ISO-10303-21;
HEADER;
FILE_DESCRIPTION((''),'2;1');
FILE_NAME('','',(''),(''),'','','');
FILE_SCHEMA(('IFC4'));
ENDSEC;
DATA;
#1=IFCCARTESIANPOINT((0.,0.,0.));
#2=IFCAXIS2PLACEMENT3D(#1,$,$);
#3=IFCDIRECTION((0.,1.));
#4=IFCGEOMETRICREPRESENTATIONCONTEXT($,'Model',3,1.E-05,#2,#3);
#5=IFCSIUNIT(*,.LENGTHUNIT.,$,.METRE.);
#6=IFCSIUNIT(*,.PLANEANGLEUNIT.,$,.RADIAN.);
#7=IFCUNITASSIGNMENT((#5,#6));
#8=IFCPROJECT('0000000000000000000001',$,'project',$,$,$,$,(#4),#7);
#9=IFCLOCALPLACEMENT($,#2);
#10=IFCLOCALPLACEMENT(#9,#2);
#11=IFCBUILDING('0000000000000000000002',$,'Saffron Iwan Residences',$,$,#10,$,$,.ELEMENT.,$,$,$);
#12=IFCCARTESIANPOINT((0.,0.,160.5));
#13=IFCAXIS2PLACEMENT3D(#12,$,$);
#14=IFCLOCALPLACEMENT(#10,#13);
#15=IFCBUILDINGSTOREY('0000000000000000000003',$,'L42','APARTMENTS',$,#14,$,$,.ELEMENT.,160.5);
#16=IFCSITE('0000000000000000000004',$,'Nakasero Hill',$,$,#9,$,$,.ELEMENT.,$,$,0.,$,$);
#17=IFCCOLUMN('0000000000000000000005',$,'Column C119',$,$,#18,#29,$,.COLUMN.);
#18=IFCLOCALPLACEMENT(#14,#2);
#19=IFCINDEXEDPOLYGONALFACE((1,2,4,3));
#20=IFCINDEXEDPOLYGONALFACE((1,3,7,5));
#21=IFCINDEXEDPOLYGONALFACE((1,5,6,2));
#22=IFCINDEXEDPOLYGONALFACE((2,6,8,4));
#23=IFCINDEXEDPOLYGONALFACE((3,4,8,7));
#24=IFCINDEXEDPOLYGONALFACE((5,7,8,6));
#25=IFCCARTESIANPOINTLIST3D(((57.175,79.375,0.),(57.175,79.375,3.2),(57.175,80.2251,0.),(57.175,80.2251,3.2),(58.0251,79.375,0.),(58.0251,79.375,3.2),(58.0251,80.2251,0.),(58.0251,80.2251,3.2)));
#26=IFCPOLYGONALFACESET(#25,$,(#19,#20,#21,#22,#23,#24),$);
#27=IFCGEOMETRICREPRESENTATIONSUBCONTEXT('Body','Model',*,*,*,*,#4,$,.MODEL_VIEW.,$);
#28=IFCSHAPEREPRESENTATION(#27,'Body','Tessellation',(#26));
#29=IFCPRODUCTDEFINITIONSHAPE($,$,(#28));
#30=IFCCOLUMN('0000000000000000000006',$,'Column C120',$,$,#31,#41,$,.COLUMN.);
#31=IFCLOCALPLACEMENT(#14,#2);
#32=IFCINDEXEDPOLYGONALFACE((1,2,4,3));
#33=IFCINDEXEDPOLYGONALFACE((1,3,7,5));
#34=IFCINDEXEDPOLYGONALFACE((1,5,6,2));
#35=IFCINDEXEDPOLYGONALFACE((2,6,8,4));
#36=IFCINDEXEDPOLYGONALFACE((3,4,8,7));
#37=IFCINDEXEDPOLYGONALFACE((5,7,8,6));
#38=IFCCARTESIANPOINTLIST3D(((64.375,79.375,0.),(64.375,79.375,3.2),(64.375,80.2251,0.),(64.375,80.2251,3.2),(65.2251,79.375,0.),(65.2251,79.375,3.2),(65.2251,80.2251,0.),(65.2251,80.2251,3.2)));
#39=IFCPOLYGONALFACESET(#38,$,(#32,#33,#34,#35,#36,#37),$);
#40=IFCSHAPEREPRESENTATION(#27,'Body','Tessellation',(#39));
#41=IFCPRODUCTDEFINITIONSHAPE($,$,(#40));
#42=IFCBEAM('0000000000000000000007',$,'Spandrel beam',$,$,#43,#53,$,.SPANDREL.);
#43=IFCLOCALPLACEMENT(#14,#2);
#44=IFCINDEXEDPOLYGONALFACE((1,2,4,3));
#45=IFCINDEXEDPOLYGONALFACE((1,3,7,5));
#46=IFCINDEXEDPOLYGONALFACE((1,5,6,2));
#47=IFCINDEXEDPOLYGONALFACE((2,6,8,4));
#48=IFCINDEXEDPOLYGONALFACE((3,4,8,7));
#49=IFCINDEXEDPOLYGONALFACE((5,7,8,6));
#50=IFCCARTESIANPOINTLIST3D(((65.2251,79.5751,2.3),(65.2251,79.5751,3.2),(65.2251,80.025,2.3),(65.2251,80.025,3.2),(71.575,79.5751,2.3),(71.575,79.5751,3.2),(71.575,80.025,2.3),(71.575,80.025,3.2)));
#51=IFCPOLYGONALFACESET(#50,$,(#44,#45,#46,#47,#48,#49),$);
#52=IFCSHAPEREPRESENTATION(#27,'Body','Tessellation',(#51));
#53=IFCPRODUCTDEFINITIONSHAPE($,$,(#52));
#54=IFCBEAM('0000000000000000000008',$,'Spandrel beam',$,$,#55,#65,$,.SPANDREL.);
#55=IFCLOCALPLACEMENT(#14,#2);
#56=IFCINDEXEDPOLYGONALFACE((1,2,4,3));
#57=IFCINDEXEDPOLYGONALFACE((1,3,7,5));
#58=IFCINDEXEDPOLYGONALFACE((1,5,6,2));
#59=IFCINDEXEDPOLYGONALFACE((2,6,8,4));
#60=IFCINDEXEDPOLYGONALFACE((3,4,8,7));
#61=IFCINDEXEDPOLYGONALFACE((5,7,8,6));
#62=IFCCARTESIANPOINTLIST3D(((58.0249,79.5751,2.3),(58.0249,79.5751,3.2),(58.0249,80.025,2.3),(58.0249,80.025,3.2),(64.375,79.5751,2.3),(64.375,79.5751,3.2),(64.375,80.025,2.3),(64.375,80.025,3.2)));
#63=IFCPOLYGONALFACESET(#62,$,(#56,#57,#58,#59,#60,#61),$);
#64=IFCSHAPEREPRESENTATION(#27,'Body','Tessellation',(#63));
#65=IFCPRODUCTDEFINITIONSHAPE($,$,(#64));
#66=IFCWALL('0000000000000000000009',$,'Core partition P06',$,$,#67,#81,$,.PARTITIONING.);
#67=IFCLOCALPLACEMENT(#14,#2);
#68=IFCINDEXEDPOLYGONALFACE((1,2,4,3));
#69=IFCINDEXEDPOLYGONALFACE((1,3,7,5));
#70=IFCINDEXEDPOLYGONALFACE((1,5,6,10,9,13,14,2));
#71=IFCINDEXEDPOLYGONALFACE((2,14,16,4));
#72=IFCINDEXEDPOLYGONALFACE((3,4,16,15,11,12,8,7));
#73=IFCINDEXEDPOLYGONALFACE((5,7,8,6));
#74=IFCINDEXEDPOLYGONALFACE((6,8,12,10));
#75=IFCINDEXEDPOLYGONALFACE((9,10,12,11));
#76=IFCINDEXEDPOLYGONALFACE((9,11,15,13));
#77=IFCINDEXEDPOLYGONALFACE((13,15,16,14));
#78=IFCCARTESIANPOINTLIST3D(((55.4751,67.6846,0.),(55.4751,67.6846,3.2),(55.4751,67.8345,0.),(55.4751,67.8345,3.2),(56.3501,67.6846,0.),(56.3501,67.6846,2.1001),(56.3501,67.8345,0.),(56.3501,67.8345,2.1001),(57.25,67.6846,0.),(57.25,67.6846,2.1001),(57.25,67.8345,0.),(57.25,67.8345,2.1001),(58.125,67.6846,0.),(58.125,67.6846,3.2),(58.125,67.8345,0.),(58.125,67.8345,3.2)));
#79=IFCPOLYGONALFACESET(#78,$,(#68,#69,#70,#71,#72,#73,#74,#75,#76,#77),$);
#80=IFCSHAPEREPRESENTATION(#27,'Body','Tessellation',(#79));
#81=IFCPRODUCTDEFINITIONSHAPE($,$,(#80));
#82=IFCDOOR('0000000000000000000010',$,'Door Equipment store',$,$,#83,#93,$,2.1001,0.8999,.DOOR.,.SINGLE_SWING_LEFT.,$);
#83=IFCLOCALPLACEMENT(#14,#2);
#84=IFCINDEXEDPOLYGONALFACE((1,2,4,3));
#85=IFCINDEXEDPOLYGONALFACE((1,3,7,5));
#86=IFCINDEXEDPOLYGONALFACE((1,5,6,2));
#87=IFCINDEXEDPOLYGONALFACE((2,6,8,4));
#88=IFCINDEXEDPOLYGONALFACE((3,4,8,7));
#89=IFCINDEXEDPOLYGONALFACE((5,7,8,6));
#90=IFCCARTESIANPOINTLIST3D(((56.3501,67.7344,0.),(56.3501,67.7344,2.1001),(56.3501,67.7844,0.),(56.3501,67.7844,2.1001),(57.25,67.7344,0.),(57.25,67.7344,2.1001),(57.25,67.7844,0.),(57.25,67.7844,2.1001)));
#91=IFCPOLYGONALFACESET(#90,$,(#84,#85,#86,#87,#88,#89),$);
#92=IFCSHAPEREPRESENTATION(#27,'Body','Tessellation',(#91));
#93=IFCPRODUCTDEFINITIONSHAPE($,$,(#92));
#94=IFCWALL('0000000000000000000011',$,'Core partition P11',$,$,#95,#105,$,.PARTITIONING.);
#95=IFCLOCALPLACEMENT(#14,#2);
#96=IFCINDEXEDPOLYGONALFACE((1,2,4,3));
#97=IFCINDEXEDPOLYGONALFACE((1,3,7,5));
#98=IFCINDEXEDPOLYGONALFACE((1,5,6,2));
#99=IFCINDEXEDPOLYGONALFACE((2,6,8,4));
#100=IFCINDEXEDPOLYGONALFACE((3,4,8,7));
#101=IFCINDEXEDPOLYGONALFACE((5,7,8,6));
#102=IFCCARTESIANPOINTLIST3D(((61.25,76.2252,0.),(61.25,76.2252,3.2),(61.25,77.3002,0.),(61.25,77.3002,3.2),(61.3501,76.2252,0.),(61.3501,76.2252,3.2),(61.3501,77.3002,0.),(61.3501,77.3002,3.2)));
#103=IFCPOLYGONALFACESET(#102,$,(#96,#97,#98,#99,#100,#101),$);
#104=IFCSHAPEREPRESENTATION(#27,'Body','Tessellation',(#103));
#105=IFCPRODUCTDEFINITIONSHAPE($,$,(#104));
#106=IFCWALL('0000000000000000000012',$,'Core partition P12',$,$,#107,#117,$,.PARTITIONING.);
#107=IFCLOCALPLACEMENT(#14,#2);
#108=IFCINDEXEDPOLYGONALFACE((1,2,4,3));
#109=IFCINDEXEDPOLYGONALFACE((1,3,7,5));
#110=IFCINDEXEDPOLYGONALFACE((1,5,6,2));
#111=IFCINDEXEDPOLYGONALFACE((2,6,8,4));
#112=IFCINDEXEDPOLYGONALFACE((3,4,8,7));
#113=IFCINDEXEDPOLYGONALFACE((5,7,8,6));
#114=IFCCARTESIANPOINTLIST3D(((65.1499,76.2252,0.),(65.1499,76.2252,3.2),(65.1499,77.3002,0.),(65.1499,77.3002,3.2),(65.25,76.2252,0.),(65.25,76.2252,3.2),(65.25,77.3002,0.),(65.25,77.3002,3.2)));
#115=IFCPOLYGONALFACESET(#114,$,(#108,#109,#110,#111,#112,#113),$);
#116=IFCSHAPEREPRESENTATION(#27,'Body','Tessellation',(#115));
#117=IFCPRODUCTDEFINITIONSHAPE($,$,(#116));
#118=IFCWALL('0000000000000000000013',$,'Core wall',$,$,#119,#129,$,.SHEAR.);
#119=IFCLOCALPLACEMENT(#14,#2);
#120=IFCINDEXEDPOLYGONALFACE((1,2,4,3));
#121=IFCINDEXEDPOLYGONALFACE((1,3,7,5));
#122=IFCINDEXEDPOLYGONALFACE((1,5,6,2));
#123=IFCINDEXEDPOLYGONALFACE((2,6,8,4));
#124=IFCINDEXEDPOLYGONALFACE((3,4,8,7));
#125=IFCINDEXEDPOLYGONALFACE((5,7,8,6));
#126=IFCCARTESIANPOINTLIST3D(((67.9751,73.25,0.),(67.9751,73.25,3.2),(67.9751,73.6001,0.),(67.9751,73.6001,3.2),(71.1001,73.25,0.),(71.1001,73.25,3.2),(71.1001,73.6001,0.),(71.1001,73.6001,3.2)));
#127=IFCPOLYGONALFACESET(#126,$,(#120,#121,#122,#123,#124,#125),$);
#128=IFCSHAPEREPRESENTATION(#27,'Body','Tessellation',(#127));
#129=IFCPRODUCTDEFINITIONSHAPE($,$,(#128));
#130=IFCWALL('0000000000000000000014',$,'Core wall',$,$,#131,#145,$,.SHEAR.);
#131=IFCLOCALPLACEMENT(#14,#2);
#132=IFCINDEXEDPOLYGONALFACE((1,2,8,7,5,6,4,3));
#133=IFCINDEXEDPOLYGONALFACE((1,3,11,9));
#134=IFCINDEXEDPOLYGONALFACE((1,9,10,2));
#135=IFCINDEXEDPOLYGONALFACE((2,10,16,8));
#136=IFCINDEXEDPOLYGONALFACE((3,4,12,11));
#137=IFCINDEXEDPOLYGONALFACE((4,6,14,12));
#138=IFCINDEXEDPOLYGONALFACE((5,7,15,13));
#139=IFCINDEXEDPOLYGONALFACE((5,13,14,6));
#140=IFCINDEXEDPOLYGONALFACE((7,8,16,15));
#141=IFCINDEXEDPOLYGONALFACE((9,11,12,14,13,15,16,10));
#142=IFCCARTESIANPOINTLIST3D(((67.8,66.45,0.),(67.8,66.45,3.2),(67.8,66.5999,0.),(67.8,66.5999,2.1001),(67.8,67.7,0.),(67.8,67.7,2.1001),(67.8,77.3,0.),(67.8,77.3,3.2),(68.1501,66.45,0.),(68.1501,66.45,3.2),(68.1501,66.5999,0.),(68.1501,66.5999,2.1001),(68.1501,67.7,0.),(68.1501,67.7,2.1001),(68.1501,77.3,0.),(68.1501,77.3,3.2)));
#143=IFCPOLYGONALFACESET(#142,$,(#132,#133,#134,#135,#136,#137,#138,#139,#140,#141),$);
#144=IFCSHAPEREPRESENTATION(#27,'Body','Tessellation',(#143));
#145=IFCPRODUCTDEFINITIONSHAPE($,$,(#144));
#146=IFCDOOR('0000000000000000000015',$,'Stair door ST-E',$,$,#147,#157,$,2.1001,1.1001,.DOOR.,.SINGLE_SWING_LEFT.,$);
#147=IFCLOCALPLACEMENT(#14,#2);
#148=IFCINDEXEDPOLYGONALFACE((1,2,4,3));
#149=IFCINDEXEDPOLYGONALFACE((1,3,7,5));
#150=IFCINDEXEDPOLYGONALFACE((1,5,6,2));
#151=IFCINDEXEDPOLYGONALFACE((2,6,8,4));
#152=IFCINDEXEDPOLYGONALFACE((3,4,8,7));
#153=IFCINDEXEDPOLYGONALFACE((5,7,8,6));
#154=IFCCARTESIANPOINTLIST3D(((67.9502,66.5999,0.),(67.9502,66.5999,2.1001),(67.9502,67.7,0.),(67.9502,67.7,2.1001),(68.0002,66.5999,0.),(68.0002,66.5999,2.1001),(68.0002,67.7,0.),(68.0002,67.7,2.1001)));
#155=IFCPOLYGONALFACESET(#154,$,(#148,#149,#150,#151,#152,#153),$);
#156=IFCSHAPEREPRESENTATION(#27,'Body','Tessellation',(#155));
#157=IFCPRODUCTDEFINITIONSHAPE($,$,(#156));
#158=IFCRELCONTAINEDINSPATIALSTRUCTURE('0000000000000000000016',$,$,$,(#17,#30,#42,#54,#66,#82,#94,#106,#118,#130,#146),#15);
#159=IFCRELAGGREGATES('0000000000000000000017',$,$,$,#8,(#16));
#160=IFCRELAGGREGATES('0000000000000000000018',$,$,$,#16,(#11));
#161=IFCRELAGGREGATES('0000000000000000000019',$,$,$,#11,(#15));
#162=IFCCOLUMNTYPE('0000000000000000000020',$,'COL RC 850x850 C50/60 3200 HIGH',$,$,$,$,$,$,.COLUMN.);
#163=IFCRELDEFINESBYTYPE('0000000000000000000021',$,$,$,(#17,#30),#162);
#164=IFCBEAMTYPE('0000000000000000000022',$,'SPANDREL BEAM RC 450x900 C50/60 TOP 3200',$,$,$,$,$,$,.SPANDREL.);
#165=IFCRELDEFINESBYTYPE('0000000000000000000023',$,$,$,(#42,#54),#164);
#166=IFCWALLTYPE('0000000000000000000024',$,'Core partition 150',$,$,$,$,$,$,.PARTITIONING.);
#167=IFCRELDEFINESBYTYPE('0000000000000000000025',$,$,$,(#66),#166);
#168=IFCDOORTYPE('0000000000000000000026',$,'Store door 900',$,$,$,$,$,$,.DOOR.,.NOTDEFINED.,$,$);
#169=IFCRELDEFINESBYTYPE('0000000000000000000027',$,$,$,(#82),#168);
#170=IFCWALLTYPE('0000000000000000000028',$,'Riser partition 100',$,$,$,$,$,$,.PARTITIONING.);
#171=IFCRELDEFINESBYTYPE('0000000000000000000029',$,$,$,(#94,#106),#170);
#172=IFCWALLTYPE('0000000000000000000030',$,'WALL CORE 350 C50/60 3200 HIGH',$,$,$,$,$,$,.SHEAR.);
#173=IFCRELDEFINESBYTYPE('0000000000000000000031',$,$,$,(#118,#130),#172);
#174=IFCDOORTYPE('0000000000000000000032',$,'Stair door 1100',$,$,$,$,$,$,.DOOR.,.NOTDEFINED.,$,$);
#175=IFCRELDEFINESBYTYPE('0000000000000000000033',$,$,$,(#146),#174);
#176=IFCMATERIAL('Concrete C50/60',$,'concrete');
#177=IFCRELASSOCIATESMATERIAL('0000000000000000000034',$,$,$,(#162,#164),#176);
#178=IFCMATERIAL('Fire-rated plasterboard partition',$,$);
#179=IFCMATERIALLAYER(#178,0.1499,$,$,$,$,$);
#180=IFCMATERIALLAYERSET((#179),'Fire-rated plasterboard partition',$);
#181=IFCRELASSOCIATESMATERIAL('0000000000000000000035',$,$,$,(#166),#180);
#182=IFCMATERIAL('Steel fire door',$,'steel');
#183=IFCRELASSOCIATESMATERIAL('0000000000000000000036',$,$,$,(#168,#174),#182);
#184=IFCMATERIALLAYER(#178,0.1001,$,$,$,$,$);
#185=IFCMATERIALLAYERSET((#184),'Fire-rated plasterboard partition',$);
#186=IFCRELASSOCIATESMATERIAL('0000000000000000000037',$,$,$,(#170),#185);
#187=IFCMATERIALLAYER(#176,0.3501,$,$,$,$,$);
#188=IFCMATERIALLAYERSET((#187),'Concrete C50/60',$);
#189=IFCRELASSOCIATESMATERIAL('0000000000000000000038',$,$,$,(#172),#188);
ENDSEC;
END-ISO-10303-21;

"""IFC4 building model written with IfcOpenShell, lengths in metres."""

from ifc_helpers import new_model, si_unit, direction, frame, frame_2d, origin, origin_2d, place, context, subcontext, project, spatial, rectangle, extrude, source, transform, mapped, material, layer, layer_set, material_profile, profile_set, type_object, element, fill, save


model = new_model("IFC4")

# Units and contexts
model_context = context("Model", 3, precision=1e-05, world=origin(), true_north=direction((0.0, 1.0)))
body_context = subcontext(model_context, "Body", "Model", "MODEL_VIEW")
ifc_project = project(units=[si_unit("LENGTHUNIT", "METRE"), si_unit("PLANEANGLEUNIT", "RADIAN")], contexts=[model_context])

# Site, building, storey
site_placement = place(None, origin())
site = spatial("IfcSite", under=ifc_project, at=site_placement, Name="Nakasero Hill", CompositionType="ELEMENT", RefElevation=0.0)
building_placement = place(site_placement, origin())
building = spatial("IfcBuilding", under=site, at=building_placement, Name="Saffron Iwan Residences", CompositionType="ELEMENT")
storey_placement = place(building_placement, frame((0.0, 0.0, 160.5)))
storey = spatial("IfcBuildingStorey", under=building, at=storey_placement, Name="L42", Description="APARTMENTS", CompositionType="ELEMENT", Elevation=160.5)

# Columns
ifc_material_1 = material(Name="Concrete C50/60", Category="concrete")
ifc_material_profile_1 = material_profile(ifc_material_1, rectangle(XDim=0.8501, YDim=0.8501, at=origin_2d()), Name="RC 850x850")
ifc_profile_set_1 = profile_set([ifc_material_profile_1], Name="Concrete C50/60")
column_type = type_object("IfcColumnType", Name="COL RC 850x850 C50/60 3200 HIGH", PredefinedType="COLUMN", material=ifc_profile_set_1)
shared_shape_1 = source(origin(), body_context, "Body", "SweptSolid", [
    extrude(rectangle(XDim=0.8501, YDim=0.8501, at=origin_2d()), origin(), (0.0, 0.0, 1.0), 3.2),
])
for number, where, z_axis, x_axis, name in (
    (1, (57.6001, 79.8, 0.0), (0.0, 0.0, 1.0), (1.0, 0.0, 0.0), "Column C119"),
    (2, (64.8, 79.8, 0.0), (0.0, 0.0, 1.0), (1.0, 0.0, 0.0), "Column C120"),
):
    element("IfcColumn", number, at=place(storey_placement, frame(where, z_axis=z_axis, x_axis=x_axis)), inside=storey, type_object=column_type, Name=name, PredefinedType="COLUMN", context=body_context, shape_type="MappedRepresentation", body=[
        mapped(shared_shape_1, transform((0.0, 0.0, 0.0))),
    ])

# Beams
ifc_material_profile_2 = material_profile(ifc_material_1, rectangle(XDim=0.45, YDim=0.8999, at=origin_2d()), Name="RC 450x900")
ifc_profile_set_2 = profile_set([ifc_material_profile_2], Name="Concrete C50/60")
beam_type = type_object("IfcBeamType", Name="SPANDREL BEAM RC 450x900 C50/60 TOP 3200", PredefinedType="SPANDREL", material=ifc_profile_set_2)
shared_shape_2 = source(origin(), body_context, "Body", "SweptSolid", [
    extrude(rectangle(XDim=0.45, YDim=0.8999, at=origin_2d()), origin(), (0.0, 0.0, 1.0), 6.3499),
])
beam_1_placement = place(storey_placement, frame((65.2251, 79.8, 2.75), z_axis=(1.0, 0.0, 0.0), x_axis=(0.0, 1.0, 0.0)))
element("IfcBeam", 3, at=beam_1_placement, inside=storey, type_object=beam_type, Name="Spandrel beam", PredefinedType="SPANDREL", context=body_context, shape_type="MappedRepresentation", body=[
    mapped(shared_shape_2, transform((0.0, 0.0, 0.0))),
])
shared_shape_3 = source(origin(), body_context, "Body", "SweptSolid", [
    extrude(rectangle(XDim=0.45, YDim=0.8999, at=origin_2d()), origin(), (0.0, 0.0, 1.0), 6.3501),
])
beam_2_placement = place(storey_placement, frame((58.0249, 79.8, 2.75), z_axis=(1.0, 0.0, 0.0), x_axis=(0.0, 1.0, 0.0)))
element("IfcBeam", 4, at=beam_2_placement, inside=storey, type_object=beam_type, Name="Spandrel beam", PredefinedType="SPANDREL", context=body_context, shape_type="MappedRepresentation", body=[
    mapped(shared_shape_3, transform((0.0, 0.0, 0.0))),
])

# Wall, opening, door
ifc_material_2 = material(Name="Fire-rated plasterboard partition")
ifc_layer_1 = layer(ifc_material_2, 0.1499)
ifc_layer_set_1 = layer_set([ifc_layer_1], Name="Fire-rated plasterboard partition")
wall_type_1 = type_object("IfcWallType", Name="Core partition 150", PredefinedType="PARTITIONING", material=ifc_layer_set_1)
wall_1_placement = place(storey_placement, frame((55.4751, 67.7595, 0.0), z_axis=(0.0, 0.0, 1.0), x_axis=(1.0, 0.0, 0.0)))
wall_1 = element("IfcWall", 5, at=wall_1_placement, inside=storey, type_object=wall_type_1, Name="Core partition P06", PredefinedType="PARTITIONING", context=body_context, shape_type="SweptSolid", body=[
    extrude(rectangle(XDim=2.6499, YDim=0.1499, at=frame_2d((1.325, 0.0))), origin(), (0.0, 0.0, 1.0), 3.2),
])
opening_1_placement = place(wall_1_placement, frame((0.875, 0.0, 0.0)))
opening_1 = element("IfcOpeningElement", 6, at=opening_1_placement, cuts=wall_1, PredefinedType="OPENING", context=body_context, shape_type="SweptSolid", body=[
    extrude(rectangle(XDim=0.8999, YDim=2.1001, at=frame_2d((0.45, 1.05))), frame((0.0, 0.085, 0.0), z_axis=(0.0, -1.0, 0.0), x_axis=(1.0, 0.0, 0.0)), (0.0, 0.0, 1.0), 0.1699),
])
ifc_material_3 = material(Name="Steel fire door", Category="steel")
door_type_1 = type_object("IfcDoorType", Name="Store door 900", OperationType="NOTDEFINED", PredefinedType="DOOR", material=ifc_material_3)
door_1_placement = place(opening_1_placement, origin())
door_1 = element("IfcDoor", 7, at=door_1_placement, inside=storey, type_object=door_type_1, Name="Door Equipment store", OperationType="SINGLE_SWING_LEFT", OverallHeight=2.1001, OverallWidth=0.8999, PredefinedType="DOOR", context=body_context, shape_type="SweptSolid", body=[
    extrude(rectangle(XDim=0.8999, YDim=2.1001, at=frame_2d((0.45, 1.05))), frame((0.0, 0.0249, 0.0), z_axis=(0.0, -1.0, 0.0), x_axis=(1.0, 0.0, 0.0)), (0.0, 0.0, 1.0), 0.05),
])
fill(opening_1, door_1)

# Walls
ifc_layer_2 = layer(ifc_material_2, 0.1001)
ifc_layer_set_2 = layer_set([ifc_layer_2], Name="Fire-rated plasterboard partition")
wall_type_2 = type_object("IfcWallType", Name="Riser partition 100", PredefinedType="PARTITIONING", material=ifc_layer_set_2)
for number, where, z_axis, x_axis, name in (
    (8, (61.3, 76.2251, 0.0), (0.0, 0.0, 1.0), (0.0, 1.0, 0.0), "Core partition P11"),
    (9, (65.2, 76.2251, 0.0), (0.0, 0.0, 1.0), (0.0, 1.0, 0.0), "Core partition P12"),
):
    element("IfcWall", number, at=place(storey_placement, frame(where, z_axis=z_axis, x_axis=x_axis)), inside=storey, type_object=wall_type_2, Name=name, PredefinedType="PARTITIONING", context=body_context, shape_type="SweptSolid", body=[
        extrude(rectangle(XDim=1.075, YDim=0.1001, at=frame_2d((0.5376, 0.0))), origin(), (0.0, 0.0, 1.0), 3.2),
    ])
ifc_layer_3 = layer(ifc_material_1, 0.3501)
ifc_layer_set_3 = layer_set([ifc_layer_3], Name="Concrete C50/60")
wall_type_3 = type_object("IfcWallType", Name="WALL CORE 350 C50/60 3200 HIGH", PredefinedType="SHEAR", material=ifc_layer_set_3)
wall_2_placement = place(storey_placement, frame((67.9751, 73.425, 0.0), z_axis=(0.0, 0.0, 1.0), x_axis=(1.0, 0.0, 0.0)))
element("IfcWall", 10, at=wall_2_placement, inside=storey, type_object=wall_type_3, Name="Core wall", PredefinedType="SHEAR", context=body_context, shape_type="SweptSolid", body=[
    extrude(rectangle(XDim=3.125, YDim=0.3501, at=frame_2d((1.5625, 0.0))), origin(), (0.0, 0.0, 1.0), 3.2),
])

# Wall, opening, door
wall_3_placement = place(storey_placement, frame((67.9751, 66.45, 0.0), z_axis=(0.0, 0.0, 1.0), x_axis=(0.0, 1.0, 0.0)))
wall_3 = element("IfcWall", 11, at=wall_3_placement, inside=storey, type_object=wall_type_3, Name="Core wall", PredefinedType="SHEAR", context=body_context, shape_type="SweptSolid", body=[
    extrude(rectangle(XDim=10.8501, YDim=0.3501, at=frame_2d((5.425, 0.0))), origin(), (0.0, 0.0, 1.0), 3.2),
])
opening_2_placement = place(wall_3_placement, frame((0.1499, 0.0, 0.0)))
opening_2 = element("IfcOpeningElement", 12, at=opening_2_placement, cuts=wall_3, PredefinedType="OPENING", context=body_context, shape_type="SweptSolid", body=[
    extrude(rectangle(XDim=1.1001, YDim=2.1001, at=frame_2d((0.55, 1.05))), frame((0.0, 0.1851, 0.0), z_axis=(0.0, -1.0, 0.0), x_axis=(1.0, 0.0, 0.0)), (0.0, 0.0, 1.0), 0.3701),
])
door_type_2 = type_object("IfcDoorType", Name="Stair door 1100", OperationType="NOTDEFINED", PredefinedType="DOOR", material=ifc_material_3)
door_2_placement = place(opening_2_placement, origin())
door_2 = element("IfcDoor", 13, at=door_2_placement, inside=storey, type_object=door_type_2, Name="Stair door ST-E", OperationType="SINGLE_SWING_LEFT", OverallHeight=2.1001, OverallWidth=1.1001, PredefinedType="DOOR", context=body_context, shape_type="SweptSolid", body=[
    extrude(rectangle(XDim=1.1001, YDim=2.1001, at=frame_2d((0.55, 1.05))), frame((0.0, 0.0249, 0.0), z_axis=(0.0, -1.0, 0.0), x_axis=(1.0, 0.0, 0.0)), (0.0, 0.0, 1.0), 0.05),
])
fill(opening_2, door_2)

save(model, "model.ifc")
